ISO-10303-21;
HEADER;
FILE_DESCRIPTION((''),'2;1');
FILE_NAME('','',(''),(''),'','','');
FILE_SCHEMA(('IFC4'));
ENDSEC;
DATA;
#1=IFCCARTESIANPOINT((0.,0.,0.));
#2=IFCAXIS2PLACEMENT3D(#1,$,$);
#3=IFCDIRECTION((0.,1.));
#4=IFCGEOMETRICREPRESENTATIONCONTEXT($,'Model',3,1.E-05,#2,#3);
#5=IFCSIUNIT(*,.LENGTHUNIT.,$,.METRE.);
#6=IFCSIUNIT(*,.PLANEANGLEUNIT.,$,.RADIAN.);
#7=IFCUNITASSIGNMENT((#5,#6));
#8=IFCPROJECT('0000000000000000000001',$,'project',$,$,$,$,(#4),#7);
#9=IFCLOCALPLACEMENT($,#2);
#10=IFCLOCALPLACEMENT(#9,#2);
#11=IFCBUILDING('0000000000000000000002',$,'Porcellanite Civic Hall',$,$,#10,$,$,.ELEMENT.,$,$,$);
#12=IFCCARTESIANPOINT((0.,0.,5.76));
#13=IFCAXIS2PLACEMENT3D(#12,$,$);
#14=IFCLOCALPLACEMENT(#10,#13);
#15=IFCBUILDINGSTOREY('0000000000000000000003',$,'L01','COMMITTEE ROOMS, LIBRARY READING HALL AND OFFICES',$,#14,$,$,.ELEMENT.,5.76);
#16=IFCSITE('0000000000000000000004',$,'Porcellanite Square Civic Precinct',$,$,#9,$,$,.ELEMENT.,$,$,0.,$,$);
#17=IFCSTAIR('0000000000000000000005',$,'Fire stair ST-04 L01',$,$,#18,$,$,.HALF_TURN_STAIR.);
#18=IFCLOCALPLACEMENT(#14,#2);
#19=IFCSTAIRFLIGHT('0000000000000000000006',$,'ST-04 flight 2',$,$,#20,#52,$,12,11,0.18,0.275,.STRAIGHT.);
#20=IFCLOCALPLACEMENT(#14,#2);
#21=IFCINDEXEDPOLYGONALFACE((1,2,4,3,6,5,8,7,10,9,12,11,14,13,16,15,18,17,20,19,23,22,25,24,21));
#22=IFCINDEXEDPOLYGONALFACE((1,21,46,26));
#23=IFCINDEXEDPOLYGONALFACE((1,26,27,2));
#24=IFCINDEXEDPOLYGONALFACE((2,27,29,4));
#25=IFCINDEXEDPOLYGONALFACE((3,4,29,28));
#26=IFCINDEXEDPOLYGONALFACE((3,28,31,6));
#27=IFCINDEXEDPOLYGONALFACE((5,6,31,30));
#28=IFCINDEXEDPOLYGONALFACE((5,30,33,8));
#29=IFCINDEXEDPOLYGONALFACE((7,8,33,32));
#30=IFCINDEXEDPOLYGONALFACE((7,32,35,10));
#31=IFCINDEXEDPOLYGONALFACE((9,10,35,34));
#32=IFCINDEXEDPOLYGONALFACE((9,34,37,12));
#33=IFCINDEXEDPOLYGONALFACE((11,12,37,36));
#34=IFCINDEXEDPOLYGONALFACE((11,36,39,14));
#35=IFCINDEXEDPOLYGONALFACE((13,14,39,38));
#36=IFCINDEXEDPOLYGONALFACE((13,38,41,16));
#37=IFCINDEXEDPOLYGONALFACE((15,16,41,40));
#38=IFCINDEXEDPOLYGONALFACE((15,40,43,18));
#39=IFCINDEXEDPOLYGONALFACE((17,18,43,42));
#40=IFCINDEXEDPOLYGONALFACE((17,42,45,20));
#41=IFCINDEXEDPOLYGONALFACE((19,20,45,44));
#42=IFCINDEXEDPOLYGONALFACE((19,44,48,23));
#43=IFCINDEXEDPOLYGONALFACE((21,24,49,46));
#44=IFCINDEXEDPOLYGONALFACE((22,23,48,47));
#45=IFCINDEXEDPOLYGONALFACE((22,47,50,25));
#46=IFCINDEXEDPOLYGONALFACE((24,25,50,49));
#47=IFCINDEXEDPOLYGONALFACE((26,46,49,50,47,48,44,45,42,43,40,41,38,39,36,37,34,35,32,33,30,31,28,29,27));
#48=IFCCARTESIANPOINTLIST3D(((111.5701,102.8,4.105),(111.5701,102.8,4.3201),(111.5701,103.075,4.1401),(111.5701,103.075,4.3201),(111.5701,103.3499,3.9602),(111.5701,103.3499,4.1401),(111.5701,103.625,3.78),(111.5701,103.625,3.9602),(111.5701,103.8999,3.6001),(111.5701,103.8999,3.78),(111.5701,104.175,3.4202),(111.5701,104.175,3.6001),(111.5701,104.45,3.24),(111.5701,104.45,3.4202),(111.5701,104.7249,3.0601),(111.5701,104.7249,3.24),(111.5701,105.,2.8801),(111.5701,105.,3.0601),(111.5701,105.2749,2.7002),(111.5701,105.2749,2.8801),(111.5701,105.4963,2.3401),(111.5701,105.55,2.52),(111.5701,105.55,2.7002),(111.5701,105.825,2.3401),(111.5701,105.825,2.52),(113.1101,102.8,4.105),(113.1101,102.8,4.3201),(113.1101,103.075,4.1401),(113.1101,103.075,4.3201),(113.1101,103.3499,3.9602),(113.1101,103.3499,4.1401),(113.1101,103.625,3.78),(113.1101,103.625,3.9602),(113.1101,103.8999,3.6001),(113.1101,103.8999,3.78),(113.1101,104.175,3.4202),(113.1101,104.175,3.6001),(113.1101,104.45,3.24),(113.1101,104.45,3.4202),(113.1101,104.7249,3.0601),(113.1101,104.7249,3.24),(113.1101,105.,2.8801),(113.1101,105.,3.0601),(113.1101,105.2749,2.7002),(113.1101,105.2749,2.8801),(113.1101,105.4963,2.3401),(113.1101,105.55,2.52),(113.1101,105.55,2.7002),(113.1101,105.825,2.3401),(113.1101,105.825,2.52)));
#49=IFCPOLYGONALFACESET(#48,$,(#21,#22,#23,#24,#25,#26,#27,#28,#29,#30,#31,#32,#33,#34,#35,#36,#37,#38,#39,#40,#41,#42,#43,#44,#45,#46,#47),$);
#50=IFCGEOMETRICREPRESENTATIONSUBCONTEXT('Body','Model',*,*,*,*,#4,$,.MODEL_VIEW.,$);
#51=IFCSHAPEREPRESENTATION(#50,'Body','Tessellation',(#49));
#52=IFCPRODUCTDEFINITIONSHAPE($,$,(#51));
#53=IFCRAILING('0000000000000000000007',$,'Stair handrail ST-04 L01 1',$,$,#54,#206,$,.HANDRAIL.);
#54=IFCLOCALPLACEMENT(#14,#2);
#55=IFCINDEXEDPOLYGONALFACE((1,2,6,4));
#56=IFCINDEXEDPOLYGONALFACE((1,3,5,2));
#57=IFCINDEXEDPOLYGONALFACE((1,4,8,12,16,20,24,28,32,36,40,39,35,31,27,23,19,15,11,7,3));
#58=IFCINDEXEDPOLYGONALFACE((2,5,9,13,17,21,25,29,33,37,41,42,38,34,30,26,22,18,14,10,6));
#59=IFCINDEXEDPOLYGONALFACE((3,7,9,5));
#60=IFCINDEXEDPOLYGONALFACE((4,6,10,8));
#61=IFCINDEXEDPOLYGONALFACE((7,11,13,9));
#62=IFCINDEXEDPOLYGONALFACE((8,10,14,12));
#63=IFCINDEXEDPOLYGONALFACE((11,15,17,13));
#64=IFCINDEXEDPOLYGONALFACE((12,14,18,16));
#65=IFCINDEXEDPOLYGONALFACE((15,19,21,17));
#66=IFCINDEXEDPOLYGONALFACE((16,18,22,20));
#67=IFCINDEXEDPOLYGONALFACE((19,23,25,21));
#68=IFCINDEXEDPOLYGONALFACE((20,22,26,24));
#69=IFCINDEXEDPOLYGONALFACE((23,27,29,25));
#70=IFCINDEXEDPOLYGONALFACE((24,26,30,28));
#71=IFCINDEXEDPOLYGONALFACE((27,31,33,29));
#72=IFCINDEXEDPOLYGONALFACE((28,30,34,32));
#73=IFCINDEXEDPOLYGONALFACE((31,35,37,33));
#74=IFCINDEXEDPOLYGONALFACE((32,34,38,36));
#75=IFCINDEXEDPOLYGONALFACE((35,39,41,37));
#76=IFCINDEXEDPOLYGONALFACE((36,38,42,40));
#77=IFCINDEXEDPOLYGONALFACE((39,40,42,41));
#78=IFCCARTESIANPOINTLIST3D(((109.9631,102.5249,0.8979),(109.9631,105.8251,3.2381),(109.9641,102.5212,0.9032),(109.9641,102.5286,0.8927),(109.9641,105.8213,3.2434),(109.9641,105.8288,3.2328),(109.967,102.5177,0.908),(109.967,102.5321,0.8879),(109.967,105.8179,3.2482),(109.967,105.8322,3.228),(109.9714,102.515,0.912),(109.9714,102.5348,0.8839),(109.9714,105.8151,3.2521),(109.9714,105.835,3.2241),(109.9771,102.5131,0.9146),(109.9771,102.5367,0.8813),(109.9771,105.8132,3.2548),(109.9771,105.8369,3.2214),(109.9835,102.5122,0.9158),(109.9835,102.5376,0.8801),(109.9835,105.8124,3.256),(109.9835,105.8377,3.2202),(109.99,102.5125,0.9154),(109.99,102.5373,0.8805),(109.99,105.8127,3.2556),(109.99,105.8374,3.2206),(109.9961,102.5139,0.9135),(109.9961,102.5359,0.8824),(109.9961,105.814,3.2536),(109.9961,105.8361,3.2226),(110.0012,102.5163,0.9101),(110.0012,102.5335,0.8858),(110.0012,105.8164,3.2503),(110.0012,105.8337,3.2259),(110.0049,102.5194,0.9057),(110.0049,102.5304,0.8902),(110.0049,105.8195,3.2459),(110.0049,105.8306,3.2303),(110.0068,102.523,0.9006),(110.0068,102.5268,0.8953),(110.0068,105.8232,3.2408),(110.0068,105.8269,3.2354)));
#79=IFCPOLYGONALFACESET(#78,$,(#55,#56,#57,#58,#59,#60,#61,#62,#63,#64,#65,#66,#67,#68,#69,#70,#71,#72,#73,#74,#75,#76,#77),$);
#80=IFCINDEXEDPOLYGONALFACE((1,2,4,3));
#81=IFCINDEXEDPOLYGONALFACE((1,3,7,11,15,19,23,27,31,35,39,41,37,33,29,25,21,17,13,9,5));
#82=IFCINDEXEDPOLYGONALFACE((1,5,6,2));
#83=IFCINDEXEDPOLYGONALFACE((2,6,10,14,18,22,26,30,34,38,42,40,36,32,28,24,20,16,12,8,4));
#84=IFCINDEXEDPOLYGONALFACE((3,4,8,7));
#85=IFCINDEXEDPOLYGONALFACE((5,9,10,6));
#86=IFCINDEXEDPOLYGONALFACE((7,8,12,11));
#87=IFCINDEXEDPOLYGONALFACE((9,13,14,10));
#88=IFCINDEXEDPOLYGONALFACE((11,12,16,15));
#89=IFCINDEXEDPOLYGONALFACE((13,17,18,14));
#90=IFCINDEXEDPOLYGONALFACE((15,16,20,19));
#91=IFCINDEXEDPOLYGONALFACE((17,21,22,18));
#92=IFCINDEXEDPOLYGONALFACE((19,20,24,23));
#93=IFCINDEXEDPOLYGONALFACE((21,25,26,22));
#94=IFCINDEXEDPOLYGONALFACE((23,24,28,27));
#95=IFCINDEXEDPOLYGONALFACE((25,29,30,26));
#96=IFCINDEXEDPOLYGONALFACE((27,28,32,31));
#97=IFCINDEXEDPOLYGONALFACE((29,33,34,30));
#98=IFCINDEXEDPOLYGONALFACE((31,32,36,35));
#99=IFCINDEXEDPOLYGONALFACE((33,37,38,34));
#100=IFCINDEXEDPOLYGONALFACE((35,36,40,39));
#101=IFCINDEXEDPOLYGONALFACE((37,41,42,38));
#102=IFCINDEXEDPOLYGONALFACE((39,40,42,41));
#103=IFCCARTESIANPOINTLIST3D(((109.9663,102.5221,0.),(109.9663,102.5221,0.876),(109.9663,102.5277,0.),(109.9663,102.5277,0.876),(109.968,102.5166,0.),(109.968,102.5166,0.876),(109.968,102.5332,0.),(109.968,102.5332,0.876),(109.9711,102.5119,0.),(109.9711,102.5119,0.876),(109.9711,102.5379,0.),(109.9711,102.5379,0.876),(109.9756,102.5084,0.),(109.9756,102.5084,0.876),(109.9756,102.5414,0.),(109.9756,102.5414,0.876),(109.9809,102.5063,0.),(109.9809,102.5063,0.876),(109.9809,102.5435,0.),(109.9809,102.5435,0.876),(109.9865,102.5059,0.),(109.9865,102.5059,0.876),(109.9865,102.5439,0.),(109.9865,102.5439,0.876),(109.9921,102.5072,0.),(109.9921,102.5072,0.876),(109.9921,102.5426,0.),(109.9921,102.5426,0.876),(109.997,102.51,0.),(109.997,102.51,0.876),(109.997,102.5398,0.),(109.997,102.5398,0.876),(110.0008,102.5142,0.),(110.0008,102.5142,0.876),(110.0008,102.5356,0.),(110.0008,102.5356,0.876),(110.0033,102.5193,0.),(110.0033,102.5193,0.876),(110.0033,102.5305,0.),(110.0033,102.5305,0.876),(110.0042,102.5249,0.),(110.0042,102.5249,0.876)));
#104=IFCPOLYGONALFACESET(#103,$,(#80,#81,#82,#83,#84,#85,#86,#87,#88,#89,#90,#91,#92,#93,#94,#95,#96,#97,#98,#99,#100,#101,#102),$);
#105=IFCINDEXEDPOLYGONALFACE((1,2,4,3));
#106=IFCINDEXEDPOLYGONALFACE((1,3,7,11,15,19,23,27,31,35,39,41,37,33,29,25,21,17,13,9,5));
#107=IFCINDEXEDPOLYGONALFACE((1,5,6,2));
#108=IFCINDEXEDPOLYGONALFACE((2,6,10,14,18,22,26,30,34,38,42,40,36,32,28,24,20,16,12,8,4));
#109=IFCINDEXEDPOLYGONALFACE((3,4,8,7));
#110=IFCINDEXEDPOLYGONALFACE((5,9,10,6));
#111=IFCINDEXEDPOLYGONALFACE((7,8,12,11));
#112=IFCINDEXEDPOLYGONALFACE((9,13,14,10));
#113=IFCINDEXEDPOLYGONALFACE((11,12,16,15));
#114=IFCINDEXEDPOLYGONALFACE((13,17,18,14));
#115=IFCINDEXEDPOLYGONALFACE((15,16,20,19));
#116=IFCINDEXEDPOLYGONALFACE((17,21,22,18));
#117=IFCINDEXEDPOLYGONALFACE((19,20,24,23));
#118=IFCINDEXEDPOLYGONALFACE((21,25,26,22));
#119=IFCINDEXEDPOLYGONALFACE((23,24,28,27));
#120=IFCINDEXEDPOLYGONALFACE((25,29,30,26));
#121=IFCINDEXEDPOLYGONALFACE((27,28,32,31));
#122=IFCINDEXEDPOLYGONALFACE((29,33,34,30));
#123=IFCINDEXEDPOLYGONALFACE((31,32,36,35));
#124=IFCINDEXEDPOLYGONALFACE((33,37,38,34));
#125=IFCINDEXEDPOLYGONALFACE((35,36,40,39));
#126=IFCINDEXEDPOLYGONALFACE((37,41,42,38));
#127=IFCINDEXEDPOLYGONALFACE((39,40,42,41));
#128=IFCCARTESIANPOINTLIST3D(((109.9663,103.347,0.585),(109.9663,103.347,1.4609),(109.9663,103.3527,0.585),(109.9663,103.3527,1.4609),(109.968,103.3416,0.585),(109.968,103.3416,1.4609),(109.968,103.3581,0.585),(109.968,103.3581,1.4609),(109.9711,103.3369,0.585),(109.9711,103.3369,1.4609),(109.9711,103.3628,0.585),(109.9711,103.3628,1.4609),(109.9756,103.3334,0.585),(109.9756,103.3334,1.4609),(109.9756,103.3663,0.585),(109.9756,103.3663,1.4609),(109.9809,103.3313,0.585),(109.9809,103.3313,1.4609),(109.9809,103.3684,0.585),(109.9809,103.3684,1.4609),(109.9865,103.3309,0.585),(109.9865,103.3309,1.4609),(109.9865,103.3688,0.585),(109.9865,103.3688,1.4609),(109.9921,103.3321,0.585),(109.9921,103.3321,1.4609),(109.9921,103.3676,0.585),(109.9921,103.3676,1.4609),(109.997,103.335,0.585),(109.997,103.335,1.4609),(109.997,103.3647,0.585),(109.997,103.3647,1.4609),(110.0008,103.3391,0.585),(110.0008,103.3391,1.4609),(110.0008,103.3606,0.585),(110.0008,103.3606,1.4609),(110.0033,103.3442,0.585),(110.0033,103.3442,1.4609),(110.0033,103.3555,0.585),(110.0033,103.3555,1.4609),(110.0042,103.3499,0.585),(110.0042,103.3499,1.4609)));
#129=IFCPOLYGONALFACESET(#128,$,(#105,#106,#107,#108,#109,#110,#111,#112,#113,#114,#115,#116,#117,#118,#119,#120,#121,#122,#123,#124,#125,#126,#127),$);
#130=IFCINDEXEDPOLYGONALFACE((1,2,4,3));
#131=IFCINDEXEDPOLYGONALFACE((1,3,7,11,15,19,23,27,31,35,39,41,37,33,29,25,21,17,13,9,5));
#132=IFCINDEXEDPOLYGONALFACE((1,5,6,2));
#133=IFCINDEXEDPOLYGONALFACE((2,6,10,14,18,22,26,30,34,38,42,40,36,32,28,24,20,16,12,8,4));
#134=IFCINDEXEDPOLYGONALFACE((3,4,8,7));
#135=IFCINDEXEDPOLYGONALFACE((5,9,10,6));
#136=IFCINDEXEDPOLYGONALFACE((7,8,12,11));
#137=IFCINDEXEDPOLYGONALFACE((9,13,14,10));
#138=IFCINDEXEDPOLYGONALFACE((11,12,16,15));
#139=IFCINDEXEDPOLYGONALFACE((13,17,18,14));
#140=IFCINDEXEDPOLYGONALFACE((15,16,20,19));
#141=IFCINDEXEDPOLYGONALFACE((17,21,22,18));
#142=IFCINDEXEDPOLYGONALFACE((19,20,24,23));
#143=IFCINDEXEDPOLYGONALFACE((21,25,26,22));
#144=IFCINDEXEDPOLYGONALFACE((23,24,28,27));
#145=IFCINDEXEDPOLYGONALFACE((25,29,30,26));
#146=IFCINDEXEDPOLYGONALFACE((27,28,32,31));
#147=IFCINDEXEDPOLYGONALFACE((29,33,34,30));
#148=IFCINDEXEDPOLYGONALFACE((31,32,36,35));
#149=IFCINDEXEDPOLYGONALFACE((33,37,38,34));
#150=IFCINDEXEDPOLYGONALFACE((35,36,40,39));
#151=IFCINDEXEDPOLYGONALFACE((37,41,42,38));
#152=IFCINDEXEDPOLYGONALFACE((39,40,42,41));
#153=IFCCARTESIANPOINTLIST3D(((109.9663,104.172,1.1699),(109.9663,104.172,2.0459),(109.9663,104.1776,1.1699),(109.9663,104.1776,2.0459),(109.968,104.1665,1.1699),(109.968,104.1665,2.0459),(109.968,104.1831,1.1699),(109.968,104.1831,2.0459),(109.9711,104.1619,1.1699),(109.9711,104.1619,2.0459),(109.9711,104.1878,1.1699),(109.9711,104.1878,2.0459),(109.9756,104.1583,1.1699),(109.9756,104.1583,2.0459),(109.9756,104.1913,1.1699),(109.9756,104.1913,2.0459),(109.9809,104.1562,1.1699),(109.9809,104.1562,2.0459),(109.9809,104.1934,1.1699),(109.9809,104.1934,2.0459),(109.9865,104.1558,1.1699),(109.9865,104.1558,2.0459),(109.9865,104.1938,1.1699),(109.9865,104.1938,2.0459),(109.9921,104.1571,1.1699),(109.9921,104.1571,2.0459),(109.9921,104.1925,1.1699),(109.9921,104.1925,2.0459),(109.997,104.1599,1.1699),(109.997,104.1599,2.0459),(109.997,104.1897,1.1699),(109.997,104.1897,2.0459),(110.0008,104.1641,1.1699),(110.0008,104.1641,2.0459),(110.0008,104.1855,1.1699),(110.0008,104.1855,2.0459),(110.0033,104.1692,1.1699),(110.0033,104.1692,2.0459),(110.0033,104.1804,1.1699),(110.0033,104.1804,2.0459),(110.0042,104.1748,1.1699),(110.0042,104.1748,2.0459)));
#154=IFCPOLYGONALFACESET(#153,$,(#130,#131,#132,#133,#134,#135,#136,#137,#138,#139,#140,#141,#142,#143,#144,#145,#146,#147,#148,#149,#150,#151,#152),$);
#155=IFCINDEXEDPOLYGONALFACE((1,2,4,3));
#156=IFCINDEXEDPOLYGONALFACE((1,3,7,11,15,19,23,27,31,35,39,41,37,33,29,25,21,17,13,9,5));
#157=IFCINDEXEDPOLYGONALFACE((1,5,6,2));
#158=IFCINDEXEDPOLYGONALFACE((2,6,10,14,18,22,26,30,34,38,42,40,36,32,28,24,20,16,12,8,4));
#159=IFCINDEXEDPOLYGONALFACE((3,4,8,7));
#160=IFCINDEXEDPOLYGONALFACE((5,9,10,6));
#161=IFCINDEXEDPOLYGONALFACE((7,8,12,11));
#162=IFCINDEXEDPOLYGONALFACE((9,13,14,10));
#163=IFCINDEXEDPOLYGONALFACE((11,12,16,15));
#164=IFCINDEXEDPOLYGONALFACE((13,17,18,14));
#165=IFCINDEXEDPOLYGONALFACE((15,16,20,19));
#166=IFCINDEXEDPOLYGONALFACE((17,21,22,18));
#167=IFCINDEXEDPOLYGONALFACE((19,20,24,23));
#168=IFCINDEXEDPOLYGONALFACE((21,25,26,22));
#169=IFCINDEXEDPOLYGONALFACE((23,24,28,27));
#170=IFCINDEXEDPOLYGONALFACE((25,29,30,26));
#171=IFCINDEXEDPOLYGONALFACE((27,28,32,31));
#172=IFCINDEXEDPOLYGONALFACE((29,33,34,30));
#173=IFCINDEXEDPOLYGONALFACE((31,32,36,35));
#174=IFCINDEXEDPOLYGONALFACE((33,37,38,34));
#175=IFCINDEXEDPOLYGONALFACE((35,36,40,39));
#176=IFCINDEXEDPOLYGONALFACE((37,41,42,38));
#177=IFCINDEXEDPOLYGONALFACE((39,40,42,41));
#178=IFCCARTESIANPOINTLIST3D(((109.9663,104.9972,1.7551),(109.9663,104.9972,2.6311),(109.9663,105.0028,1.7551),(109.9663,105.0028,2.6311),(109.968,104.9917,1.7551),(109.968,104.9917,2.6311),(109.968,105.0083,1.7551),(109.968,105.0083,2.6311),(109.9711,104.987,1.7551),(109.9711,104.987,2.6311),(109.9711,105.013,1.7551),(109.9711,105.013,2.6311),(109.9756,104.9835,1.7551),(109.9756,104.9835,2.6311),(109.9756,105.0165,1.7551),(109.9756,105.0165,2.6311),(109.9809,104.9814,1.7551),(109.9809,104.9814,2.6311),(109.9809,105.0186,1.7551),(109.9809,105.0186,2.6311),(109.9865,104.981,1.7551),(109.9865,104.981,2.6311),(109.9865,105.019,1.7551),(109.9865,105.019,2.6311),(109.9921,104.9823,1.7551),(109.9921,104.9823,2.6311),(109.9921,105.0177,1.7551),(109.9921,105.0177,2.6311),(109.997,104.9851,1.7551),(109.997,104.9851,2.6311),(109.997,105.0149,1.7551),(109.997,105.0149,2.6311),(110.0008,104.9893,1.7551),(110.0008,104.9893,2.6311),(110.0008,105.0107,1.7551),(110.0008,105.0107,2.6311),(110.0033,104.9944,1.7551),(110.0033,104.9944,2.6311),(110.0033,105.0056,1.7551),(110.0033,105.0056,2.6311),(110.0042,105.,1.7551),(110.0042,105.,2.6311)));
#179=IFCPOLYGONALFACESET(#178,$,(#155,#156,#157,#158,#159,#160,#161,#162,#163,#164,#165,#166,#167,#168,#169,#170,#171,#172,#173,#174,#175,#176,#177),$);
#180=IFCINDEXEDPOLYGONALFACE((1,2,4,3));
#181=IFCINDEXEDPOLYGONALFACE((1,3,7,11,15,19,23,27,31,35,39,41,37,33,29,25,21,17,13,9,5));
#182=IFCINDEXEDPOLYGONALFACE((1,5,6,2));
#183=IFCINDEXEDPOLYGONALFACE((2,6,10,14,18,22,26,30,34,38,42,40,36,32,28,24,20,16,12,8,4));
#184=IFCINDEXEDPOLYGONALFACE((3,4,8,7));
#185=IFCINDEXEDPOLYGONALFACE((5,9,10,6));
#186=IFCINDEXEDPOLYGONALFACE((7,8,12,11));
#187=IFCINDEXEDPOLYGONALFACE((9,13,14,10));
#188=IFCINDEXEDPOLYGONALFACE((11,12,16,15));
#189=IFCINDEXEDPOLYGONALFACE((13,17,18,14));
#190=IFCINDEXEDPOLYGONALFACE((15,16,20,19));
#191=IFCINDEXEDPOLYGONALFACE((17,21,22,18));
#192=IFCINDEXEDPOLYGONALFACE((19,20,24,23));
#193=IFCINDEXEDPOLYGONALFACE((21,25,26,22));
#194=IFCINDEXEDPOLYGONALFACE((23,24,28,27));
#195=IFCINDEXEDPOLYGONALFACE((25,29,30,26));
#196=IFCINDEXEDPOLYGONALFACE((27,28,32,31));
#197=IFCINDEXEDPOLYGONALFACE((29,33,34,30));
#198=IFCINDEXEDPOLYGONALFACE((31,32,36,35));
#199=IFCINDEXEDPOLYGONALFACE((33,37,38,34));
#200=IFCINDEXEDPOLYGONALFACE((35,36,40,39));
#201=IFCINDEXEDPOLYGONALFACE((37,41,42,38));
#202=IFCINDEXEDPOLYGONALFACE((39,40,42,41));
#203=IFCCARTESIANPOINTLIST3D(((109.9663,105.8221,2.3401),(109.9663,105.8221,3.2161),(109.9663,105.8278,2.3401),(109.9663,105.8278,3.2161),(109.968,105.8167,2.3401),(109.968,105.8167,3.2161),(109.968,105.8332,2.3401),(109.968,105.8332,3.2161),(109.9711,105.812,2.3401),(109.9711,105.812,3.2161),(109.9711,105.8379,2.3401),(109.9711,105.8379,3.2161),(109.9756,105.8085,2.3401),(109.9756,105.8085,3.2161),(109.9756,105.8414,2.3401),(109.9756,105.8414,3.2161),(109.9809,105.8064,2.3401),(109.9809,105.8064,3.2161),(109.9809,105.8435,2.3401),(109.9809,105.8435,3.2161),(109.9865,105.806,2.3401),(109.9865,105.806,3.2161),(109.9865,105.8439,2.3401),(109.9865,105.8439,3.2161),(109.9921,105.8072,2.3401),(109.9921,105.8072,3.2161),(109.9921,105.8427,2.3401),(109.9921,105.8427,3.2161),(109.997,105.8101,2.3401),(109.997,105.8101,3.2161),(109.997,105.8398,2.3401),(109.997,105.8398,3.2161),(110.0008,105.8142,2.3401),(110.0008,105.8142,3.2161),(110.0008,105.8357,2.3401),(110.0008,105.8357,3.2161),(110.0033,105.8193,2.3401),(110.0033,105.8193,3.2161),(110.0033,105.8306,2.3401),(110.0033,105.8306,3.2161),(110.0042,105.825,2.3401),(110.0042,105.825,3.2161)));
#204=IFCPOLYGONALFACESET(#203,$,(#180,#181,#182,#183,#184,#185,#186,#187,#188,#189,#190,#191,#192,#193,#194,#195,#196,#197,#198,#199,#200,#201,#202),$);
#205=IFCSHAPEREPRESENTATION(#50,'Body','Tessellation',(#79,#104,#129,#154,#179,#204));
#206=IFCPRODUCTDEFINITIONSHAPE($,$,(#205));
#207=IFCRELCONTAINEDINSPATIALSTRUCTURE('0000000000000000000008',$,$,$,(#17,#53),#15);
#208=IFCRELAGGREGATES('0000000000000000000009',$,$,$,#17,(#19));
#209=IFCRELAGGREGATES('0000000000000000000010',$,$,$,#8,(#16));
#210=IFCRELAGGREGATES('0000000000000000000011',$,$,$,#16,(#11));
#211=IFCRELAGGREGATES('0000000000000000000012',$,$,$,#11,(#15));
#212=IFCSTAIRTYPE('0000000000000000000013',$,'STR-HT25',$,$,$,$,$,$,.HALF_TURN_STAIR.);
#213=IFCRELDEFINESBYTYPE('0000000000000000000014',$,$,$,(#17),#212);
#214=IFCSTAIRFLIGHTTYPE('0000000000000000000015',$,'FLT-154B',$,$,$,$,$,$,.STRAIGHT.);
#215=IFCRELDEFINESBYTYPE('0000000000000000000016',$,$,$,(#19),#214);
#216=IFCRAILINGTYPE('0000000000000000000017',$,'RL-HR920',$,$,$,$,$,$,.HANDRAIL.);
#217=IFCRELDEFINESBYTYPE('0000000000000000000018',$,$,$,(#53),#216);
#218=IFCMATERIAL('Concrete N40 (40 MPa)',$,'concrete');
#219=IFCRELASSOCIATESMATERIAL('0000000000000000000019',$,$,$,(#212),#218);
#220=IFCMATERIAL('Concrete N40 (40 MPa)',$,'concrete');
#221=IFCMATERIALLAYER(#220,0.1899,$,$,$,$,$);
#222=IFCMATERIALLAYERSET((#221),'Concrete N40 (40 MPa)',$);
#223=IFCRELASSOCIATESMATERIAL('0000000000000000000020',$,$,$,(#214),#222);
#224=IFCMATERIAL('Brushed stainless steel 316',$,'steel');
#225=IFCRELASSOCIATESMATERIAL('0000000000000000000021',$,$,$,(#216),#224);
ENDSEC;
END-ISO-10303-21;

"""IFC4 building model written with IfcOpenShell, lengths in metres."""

from ifc_helpers import new_model, si_unit, direction, frame, origin, origin_2d, place, context, subcontext, project, spatial, polyline, circle, outline, extrude, material, layer, layer_set, type_object, element, aggregate, save


model = new_model("IFC4")

# Units and contexts
model_context = context("Model", 3, precision=1e-05, world=origin(), true_north=direction((0.0, 1.0)))
body_context = subcontext(model_context, "Body", "Model", "MODEL_VIEW")
ifc_project = project(units=[si_unit("LENGTHUNIT", "METRE"), si_unit("PLANEANGLEUNIT", "RADIAN")], contexts=[model_context])

# Site, building, storey
site_placement = place(None, origin())
site = spatial("IfcSite", under=ifc_project, at=site_placement, Name="Porcellanite Square Civic Precinct", CompositionType="ELEMENT", RefElevation=0.0)
building_placement = place(site_placement, origin())
building = spatial("IfcBuilding", under=site, at=building_placement, Name="Porcellanite Civic Hall", CompositionType="ELEMENT")
storey_placement = place(building_placement, frame((0.0, 0.0, 5.76)))
storey = spatial("IfcBuildingStorey", under=building, at=storey_placement, Name="L01", Description="COMMITTEE ROOMS, LIBRARY READING HALL AND OFFICES", CompositionType="ELEMENT", Elevation=5.76)

# Stair, stair flight
ifc_material_1 = material(Name="Concrete N40 (40 MPa)", Category="concrete")
stair_type = type_object("IfcStairType", Name="STR-HT25", PredefinedType="HALF_TURN_STAIR", material=ifc_material_1)
stair_placement = place(storey_placement, origin())
stair = element("IfcStair", 1, at=stair_placement, inside=storey, type_object=stair_type, Name="Fire stair ST-04 L01", PredefinedType="HALF_TURN_STAIR")
ifc_material_2 = material(Name="Concrete N40 (40 MPa)", Category="concrete")
ifc_layer_1 = layer(ifc_material_2, 0.1899)
ifc_layer_set_1 = layer_set([ifc_layer_1], Name="Concrete N40 (40 MPa)")
stair_flight_type = type_object("IfcStairFlightType", Name="FLT-154B", PredefinedType="STRAIGHT", material=ifc_layer_set_1)
stair_flight_1_placement = place(storey_placement, frame((112.3401, 105.825, 2.3401), z_axis=(0.0, 0.0, 1.0), x_axis=(0.0, -1.0, 0.0)))
stair_flight_1 = element("IfcStairFlight", 2, at=stair_flight_1_placement, type_object=stair_flight_type, Name="ST-04 flight 2", NumberOfRisers=12, NumberOfTreads=11, PredefinedType="STRAIGHT", RiserHeight=0.18, TreadLength=0.275, context=body_context, shape_type="SweptSolid", body=[
    extrude(outline(polyline([(0.0, 0.0), (0.0, 0.1799), (0.2749, 0.1799), (0.2749, 0.3601), (0.55, 0.3601), (0.55, 0.54), (0.825, 0.54), (0.825, 0.72), (1.1001, 0.72), (1.1001, 0.8999), (1.375, 0.8999), (1.375, 1.0801), (1.6499, 1.0801), (1.6499, 1.26), (1.925, 1.26), (1.925, 1.4399), (2.2, 1.4399), (2.2, 1.6201), (2.4751, 1.6201), (2.4751, 1.8), (2.75, 1.8), (2.75, 1.98), (3.0249, 1.98), (3.0249, 2.1599), (3.0249, 1.7649), (0.3286, 0.0), (0.0, 0.0)])), frame((0.0, 0.77, 0.0), z_axis=(0.0, -1.0, 0.0), x_axis=(1.0, 0.0, 0.0)), (0.0, 0.0, 1.0), 1.54),
])
aggregate(stair, [stair_flight_1])

# Railing
ifc_material_3 = material(Name="Brushed stainless steel 316", Category="steel")
railing_type_1 = type_object("IfcRailingType", Name="RL-HR920", PredefinedType="HANDRAIL", material=ifc_material_3)
railing_1_placement = place(storey_placement, frame((109.9851, 102.5249, 0.0)))
element("IfcRailing", 3, at=railing_1_placement, inside=storey, type_object=railing_type_1, Name="Stair handrail ST-04 L01 1", PredefinedType="HANDRAIL", context=body_context, shape_type="SweptSolid", body=[
    extrude(circle(Radius=0.022, at=origin_2d()), frame((0.0, 0.0, 0.8979), z_axis=(0.0, 0.815727, 0.578438), x_axis=(-1.0, 0.0, 0.0)), (0.0, 0.0, 1.0), 4.0457),
    extrude(circle(Radius=0.019, at=origin_2d()), origin(), (0.0, 0.0, 1.0), 0.876),
    extrude(circle(Radius=0.019, at=origin_2d()), frame((0.0, 0.825, 0.585)), (0.0, 0.0, 1.0), 0.876),
    extrude(circle(Radius=0.019, at=origin_2d()), frame((0.0, 1.6499, 1.1699)), (0.0, 0.0, 1.0), 0.876),
    extrude(circle(Radius=0.019, at=origin_2d()), frame((0.0, 2.4751, 1.7551)), (0.0, 0.0, 1.0), 0.876),
    extrude(circle(Radius=0.019, at=origin_2d()), frame((0.0, 3.3, 2.3401)), (0.0, 0.0, 1.0), 0.876),
])

save(model, "model.ifc")
